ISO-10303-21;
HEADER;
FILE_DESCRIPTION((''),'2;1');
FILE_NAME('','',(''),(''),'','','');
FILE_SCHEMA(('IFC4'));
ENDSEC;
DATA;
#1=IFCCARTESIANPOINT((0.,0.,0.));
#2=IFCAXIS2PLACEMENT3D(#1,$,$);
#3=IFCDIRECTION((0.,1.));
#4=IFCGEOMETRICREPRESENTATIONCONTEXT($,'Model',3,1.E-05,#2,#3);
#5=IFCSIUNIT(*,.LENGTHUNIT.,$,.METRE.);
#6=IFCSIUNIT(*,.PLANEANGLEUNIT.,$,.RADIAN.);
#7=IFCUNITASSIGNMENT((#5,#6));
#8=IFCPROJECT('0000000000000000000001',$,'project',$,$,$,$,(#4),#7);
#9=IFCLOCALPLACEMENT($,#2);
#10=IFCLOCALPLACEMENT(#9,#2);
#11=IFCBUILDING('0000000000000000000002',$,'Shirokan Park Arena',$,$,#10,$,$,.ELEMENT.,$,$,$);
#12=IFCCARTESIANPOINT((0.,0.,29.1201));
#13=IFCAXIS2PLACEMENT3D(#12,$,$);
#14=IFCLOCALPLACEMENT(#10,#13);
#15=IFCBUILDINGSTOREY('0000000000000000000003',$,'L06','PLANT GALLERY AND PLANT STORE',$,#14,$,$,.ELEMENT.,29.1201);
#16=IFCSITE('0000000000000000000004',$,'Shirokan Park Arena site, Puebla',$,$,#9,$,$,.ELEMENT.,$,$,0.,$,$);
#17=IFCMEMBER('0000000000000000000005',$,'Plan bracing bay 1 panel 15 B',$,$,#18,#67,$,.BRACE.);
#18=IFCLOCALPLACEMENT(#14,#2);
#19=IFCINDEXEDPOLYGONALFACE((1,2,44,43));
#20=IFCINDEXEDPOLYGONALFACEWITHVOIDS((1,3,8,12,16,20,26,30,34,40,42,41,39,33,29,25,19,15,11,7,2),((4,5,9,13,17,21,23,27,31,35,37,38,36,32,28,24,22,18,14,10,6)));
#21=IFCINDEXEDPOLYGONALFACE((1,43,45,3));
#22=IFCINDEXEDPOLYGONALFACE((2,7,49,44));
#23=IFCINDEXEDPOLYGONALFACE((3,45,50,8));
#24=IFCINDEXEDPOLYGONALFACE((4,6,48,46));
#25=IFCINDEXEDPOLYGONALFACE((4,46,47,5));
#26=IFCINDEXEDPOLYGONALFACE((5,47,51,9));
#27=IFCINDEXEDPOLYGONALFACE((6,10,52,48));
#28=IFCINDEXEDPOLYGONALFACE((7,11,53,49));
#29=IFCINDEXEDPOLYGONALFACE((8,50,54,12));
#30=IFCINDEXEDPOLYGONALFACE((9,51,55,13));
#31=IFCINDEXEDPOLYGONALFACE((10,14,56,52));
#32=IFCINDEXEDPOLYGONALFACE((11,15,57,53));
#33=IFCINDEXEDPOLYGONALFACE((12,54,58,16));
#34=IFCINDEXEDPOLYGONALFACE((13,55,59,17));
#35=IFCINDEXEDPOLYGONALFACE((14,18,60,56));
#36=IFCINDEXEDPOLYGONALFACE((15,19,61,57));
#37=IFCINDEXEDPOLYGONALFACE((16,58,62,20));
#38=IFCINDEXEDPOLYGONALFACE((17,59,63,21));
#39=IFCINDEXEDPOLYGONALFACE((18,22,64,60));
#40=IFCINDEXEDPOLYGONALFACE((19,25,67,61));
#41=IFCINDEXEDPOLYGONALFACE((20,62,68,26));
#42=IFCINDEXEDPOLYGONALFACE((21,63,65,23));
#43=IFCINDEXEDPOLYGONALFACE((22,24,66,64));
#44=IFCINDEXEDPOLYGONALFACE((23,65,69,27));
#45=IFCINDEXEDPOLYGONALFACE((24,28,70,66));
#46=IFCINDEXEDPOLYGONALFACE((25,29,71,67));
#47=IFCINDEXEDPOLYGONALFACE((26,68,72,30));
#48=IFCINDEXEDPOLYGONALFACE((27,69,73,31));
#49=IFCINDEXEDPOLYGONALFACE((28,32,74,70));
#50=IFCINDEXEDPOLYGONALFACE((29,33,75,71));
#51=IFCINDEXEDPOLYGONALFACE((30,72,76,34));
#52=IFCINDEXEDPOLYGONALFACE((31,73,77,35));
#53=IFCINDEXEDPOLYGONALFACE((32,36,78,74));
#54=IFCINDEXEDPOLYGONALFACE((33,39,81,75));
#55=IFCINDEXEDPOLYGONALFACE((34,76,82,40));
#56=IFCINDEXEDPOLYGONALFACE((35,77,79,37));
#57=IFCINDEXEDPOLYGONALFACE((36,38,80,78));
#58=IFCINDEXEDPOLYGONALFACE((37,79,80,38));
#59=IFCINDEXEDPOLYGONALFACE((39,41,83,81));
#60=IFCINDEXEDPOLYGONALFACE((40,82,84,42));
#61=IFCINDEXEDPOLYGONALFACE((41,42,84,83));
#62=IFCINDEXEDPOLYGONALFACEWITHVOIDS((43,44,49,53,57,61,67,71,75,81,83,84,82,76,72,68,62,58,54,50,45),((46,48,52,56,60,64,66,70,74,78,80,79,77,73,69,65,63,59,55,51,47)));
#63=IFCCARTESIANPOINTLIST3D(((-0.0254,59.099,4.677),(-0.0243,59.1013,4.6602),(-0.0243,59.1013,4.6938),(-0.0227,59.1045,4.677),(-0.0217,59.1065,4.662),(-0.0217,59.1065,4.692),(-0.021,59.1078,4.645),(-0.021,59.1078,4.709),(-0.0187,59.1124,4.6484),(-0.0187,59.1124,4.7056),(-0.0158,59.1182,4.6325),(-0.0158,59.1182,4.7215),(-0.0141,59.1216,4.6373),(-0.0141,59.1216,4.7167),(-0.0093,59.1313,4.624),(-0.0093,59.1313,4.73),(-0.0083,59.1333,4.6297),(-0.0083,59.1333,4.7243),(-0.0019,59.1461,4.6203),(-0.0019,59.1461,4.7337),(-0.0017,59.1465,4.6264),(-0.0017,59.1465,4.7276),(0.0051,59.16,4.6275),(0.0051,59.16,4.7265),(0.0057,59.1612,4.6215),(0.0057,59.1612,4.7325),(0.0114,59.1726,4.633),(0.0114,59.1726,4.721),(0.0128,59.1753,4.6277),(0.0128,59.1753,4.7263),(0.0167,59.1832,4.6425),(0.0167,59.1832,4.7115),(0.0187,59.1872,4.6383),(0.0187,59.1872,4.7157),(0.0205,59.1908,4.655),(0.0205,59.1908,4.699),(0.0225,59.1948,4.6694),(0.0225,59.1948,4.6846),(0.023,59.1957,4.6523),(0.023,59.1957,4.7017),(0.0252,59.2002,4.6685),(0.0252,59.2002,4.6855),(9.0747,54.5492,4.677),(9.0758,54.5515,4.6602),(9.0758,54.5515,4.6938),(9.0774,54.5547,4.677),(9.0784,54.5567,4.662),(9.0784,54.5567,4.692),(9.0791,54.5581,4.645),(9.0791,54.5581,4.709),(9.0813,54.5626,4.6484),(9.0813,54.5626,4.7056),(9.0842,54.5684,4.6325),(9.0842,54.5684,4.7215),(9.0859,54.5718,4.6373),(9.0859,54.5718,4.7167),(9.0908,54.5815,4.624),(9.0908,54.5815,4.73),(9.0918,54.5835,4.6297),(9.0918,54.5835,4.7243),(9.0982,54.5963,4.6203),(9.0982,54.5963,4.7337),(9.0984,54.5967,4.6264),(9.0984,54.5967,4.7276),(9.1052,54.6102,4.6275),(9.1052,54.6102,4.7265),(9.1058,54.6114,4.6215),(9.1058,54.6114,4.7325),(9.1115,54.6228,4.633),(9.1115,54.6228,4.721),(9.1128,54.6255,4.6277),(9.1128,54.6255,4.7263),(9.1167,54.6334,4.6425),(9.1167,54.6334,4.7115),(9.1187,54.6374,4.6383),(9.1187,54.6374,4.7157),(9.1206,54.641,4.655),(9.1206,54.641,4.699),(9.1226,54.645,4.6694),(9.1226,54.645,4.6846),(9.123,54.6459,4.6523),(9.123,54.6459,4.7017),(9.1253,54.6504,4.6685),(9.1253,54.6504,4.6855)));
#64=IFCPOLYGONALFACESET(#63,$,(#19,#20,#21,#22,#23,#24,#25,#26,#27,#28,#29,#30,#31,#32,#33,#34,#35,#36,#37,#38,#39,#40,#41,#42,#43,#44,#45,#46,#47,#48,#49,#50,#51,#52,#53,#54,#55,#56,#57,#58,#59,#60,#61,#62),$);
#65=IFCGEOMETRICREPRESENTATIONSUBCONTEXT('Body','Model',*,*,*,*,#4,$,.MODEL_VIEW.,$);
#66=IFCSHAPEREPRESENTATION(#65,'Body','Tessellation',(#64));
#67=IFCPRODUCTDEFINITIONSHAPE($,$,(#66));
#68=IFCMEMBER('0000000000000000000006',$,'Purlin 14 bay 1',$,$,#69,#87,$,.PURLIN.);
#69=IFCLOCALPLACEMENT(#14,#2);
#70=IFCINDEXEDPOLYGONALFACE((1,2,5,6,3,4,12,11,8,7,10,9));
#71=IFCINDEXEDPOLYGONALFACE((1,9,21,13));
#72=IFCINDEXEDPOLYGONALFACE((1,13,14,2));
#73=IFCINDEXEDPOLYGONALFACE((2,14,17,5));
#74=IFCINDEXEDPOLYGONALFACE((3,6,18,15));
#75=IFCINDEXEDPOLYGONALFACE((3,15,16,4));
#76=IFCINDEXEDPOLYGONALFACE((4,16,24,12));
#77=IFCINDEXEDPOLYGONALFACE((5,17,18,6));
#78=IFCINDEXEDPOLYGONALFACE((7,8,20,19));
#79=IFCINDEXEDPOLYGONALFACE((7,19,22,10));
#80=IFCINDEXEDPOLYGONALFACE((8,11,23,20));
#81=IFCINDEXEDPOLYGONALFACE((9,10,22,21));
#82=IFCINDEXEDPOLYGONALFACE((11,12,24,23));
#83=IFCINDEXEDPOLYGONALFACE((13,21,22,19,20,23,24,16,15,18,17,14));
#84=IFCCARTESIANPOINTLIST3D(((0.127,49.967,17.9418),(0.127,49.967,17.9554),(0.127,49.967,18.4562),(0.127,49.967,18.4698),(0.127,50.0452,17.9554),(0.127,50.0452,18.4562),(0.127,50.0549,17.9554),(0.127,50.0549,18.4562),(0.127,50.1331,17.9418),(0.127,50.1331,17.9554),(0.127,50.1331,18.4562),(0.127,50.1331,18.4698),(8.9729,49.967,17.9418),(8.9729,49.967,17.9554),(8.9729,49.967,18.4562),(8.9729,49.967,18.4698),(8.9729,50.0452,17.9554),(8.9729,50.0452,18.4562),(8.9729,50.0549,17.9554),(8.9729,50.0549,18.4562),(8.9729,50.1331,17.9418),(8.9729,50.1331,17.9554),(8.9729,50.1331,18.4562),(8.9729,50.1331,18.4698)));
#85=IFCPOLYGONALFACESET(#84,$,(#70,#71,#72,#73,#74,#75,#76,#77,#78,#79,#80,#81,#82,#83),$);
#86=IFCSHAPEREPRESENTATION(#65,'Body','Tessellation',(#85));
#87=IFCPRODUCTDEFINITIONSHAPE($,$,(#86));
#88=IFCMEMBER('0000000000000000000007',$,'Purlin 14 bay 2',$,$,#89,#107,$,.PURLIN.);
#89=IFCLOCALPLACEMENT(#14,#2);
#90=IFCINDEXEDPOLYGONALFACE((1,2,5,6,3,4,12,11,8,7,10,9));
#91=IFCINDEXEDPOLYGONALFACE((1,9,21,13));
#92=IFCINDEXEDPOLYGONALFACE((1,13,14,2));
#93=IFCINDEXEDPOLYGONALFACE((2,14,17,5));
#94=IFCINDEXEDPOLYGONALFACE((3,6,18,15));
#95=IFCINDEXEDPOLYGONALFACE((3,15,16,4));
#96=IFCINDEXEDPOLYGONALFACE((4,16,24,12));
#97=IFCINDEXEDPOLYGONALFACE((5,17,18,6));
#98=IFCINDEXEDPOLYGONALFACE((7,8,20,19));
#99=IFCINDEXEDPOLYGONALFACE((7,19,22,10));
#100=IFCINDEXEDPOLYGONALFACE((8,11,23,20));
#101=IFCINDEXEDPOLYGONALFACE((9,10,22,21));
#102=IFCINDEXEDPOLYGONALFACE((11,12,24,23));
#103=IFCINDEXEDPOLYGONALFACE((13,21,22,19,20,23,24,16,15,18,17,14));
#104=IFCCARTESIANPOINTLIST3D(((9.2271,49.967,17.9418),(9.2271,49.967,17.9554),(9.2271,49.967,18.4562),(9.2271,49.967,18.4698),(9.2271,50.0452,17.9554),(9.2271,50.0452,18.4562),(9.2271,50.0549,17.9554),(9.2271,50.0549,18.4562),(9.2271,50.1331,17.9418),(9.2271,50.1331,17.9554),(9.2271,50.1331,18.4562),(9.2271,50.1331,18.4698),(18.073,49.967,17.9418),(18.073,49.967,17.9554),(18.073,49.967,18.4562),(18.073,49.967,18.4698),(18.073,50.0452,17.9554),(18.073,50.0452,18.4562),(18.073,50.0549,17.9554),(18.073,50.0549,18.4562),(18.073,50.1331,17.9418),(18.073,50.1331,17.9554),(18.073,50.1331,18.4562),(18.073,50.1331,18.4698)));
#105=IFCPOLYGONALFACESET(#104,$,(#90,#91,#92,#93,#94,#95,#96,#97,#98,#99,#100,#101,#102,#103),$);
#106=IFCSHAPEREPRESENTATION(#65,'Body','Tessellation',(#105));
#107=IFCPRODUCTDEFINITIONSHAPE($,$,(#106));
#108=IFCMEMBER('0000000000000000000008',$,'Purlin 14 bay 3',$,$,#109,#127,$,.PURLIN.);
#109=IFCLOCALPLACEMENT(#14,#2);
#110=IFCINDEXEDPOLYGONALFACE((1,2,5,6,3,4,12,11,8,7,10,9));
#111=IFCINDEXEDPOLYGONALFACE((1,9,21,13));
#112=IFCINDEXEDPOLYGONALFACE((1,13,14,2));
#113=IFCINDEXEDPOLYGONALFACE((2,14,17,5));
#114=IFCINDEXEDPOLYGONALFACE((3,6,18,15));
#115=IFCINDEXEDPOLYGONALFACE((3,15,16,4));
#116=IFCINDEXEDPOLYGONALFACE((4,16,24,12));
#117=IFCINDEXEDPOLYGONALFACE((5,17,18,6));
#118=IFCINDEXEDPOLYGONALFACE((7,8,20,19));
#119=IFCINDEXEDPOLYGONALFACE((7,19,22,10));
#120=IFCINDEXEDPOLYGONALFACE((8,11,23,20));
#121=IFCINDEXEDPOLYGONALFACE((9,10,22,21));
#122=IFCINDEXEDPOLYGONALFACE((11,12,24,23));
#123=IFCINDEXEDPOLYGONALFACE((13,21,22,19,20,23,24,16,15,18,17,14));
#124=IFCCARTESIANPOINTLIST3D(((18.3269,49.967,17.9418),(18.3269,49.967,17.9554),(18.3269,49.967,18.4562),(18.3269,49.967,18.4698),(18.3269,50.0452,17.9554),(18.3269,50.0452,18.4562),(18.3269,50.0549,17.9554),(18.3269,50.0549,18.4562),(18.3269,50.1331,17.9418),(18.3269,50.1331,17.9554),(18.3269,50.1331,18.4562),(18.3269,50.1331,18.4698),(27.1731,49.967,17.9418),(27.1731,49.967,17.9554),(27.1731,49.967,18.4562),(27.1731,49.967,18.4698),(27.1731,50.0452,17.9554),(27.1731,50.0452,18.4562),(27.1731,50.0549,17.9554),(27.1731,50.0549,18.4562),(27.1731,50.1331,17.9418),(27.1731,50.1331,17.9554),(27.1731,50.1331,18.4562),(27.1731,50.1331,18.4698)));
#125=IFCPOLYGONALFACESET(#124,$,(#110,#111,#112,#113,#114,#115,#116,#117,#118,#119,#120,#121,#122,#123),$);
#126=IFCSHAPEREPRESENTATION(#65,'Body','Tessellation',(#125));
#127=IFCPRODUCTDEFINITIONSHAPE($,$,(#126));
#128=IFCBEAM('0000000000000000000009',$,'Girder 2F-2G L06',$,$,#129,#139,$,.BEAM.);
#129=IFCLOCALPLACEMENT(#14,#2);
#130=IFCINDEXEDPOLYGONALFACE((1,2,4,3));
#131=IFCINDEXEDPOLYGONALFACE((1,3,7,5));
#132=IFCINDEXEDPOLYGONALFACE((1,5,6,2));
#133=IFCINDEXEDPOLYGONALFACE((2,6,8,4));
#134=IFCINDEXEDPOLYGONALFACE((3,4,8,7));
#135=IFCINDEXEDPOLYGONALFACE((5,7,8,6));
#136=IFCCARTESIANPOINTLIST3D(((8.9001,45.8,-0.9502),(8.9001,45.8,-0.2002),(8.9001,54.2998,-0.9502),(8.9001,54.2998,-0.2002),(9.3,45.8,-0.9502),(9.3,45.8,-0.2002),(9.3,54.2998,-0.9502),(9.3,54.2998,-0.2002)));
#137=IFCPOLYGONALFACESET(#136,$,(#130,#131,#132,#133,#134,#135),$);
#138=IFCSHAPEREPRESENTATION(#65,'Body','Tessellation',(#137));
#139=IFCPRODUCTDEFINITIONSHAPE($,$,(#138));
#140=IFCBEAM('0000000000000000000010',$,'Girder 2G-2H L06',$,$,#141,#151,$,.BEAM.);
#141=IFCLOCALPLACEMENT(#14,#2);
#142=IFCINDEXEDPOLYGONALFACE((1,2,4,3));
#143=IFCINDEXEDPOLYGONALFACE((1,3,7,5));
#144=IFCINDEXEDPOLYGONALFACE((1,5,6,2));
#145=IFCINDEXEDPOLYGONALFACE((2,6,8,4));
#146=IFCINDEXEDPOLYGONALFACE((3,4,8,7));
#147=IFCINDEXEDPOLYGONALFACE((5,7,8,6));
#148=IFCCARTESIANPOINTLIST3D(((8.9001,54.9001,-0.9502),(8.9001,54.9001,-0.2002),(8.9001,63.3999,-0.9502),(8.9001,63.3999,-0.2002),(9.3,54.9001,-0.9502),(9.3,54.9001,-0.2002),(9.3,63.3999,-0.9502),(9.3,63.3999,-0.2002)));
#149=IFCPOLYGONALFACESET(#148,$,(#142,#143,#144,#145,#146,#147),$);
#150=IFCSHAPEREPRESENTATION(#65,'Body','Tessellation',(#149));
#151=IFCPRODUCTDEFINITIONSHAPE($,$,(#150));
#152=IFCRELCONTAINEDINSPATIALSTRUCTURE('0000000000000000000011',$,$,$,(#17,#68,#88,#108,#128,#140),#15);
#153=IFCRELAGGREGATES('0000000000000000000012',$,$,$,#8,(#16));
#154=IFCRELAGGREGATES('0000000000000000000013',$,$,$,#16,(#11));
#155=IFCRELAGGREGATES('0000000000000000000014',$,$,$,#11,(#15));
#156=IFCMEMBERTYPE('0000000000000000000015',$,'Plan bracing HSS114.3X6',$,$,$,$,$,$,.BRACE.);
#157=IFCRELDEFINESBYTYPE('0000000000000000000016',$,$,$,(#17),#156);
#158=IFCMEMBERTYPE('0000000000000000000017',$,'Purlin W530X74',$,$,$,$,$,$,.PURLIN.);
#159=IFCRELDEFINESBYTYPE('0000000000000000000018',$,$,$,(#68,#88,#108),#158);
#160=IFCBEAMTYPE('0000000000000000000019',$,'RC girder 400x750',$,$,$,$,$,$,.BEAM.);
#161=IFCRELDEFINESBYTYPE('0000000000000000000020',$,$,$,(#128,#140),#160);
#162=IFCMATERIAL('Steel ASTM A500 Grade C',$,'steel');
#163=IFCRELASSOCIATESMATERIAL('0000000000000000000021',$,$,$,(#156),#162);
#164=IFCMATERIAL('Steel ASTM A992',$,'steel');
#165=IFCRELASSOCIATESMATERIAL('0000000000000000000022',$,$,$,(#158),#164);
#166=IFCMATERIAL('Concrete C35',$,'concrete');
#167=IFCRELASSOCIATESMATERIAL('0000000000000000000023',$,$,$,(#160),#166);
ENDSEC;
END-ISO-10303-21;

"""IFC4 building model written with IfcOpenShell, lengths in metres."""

from ifc_helpers import new_model, si_unit, direction, frame, origin, origin_2d, place, context, subcontext, project, spatial, rectangle, hollow_circle, i_section, extrude, material, material_profile, profile_set, type_object, element, save


model = new_model("IFC4")

# Units and contexts
model_context = context("Model", 3, precision=1e-05, world=origin(), true_north=direction((0.0, 1.0)))
body_context = subcontext(model_context, "Body", "Model", "MODEL_VIEW")
ifc_project = project(units=[si_unit("LENGTHUNIT", "METRE"), si_unit("PLANEANGLEUNIT", "RADIAN")], contexts=[model_context])

# Site, building, storey
site_placement = place(None, origin())
site = spatial("IfcSite", under=ifc_project, at=site_placement, Name="Shirokan Park Arena site, Puebla", CompositionType="ELEMENT", RefElevation=0.0)
building_placement = place(site_placement, origin())
building = spatial("IfcBuilding", under=site, at=building_placement, Name="Shirokan Park Arena", CompositionType="ELEMENT")
storey_placement = place(building_placement, frame((0.0, 0.0, 29.1201)))
storey = spatial("IfcBuildingStorey", under=building, at=storey_placement, Name="L06", Description="PLANT GALLERY AND PLANT STORE", CompositionType="ELEMENT", Elevation=29.1201)

# Shared definitions
ifc_material_1 = material(Name="Concrete C35", Category="concrete")

# Members
ifc_material_2 = material(Name="Steel ASTM A500 Grade C", Category="steel")
ifc_material_profile_1 = material_profile(ifc_material_2, hollow_circle(Radius=0.0569, WallThickness=0.0061, at=origin_2d()), Name="HSS114.3X6")
ifc_profile_set_1 = profile_set([ifc_material_profile_1], Name="Steel ASTM A500 Grade C")
member_type_1 = type_object("IfcMemberType", Name="Plan bracing HSS114.3X6", PredefinedType="BRACE", material=ifc_profile_set_1)
member_1_placement = place(storey_placement, frame((9.1001, 54.6001, 4.677), z_axis=(-0.894437, 0.447194, 0.0), x_axis=(-0.447194, -0.894437, 0.0)))
element("IfcMember", 1, at=member_1_placement, inside=storey, type_object=member_type_1, Name="Plan bracing bay 1 panel 15 B", PredefinedType="BRACE", context=body_context, shape_type="SweptSolid", body=[
    extrude(hollow_circle(Radius=0.0569, WallThickness=0.0061, at=origin_2d()), origin(), (0.0, 0.0, 1.0), 10.1741),
])
ifc_material_3 = material(Name="Steel ASTM A992", Category="steel")
ifc_material_profile_2 = material_profile(ifc_material_3, i_section(OverallWidth=0.166, OverallDepth=0.5281, WebThickness=0.0098, FlangeThickness=0.0137, at=origin_2d()), Name="W530X74")
ifc_profile_set_2 = profile_set([ifc_material_profile_2], Name="Steel ASTM A992")
member_type_2 = type_object("IfcMemberType", Name="Purlin W530X74", PredefinedType="PURLIN", material=ifc_profile_set_2)
for number, where, z_axis, x_axis, name in (
    (2, (0.127, 50.05, 18.2058), (1.0, 0.0, 0.0), (0.0, 1.0, 0.0), "Purlin 14 bay 1"),
    (3, (9.2271, 50.05, 18.2058), (1.0, 0.0, 0.0), (0.0, 1.0, 0.0), "Purlin 14 bay 2"),
):
    element("IfcMember", number, at=place(storey_placement, frame(where, z_axis=z_axis, x_axis=x_axis)), inside=storey, type_object=member_type_2, Name=name, PredefinedType="PURLIN", context=body_context, shape_type="SweptSolid", body=[
        extrude(i_section(OverallWidth=0.166, OverallDepth=0.5281, WebThickness=0.0098, FlangeThickness=0.0137, at=origin_2d()), origin(), (0.0, 0.0, 1.0), 8.8459),
    ])
member_2_placement = place(storey_placement, frame((18.3269, 50.05, 18.2058), z_axis=(1.0, 0.0, 0.0), x_axis=(0.0, 1.0, 0.0)))
element("IfcMember", 4, at=member_2_placement, inside=storey, type_object=member_type_2, Name="Purlin 14 bay 3", PredefinedType="PURLIN", context=body_context, shape_type="SweptSolid", body=[
    extrude(i_section(OverallWidth=0.166, OverallDepth=0.5281, WebThickness=0.0098, FlangeThickness=0.0137, at=origin_2d()), origin(), (0.0, 0.0, 1.0), 8.8462),
])

# Beams
ifc_material_profile_3 = material_profile(ifc_material_1, rectangle(XDim=0.3999, YDim=0.75, at=origin_2d()), Name="400x750")
ifc_profile_set_3 = profile_set([ifc_material_profile_3], Name="Concrete C35")
beam_type = type_object("IfcBeamType", Name="RC girder 400x750", PredefinedType="BEAM", material=ifc_profile_set_3)
for number, where, z_axis, x_axis, name in (
    (5, (9.1001, 45.8, -0.5752), (0.0, 1.0, 0.0), (-1.0, 0.0, 0.0), "Girder 2F-2G L06"),
    (6, (9.1001, 54.9001, -0.5752), (0.0, 1.0, 0.0), (-1.0, 0.0, 0.0), "Girder 2G-2H L06"),
):
    element("IfcBeam", number, at=place(storey_placement, frame(where, z_axis=z_axis, x_axis=x_axis)), inside=storey, type_object=beam_type, Name=name, PredefinedType="BEAM", context=body_context, shape_type="SweptSolid", body=[
        extrude(rectangle(XDim=0.3999, YDim=0.75, at=origin_2d()), origin(), (0.0, 0.0, 1.0), 8.4998),
    ])

save(model, "model.ifc")
